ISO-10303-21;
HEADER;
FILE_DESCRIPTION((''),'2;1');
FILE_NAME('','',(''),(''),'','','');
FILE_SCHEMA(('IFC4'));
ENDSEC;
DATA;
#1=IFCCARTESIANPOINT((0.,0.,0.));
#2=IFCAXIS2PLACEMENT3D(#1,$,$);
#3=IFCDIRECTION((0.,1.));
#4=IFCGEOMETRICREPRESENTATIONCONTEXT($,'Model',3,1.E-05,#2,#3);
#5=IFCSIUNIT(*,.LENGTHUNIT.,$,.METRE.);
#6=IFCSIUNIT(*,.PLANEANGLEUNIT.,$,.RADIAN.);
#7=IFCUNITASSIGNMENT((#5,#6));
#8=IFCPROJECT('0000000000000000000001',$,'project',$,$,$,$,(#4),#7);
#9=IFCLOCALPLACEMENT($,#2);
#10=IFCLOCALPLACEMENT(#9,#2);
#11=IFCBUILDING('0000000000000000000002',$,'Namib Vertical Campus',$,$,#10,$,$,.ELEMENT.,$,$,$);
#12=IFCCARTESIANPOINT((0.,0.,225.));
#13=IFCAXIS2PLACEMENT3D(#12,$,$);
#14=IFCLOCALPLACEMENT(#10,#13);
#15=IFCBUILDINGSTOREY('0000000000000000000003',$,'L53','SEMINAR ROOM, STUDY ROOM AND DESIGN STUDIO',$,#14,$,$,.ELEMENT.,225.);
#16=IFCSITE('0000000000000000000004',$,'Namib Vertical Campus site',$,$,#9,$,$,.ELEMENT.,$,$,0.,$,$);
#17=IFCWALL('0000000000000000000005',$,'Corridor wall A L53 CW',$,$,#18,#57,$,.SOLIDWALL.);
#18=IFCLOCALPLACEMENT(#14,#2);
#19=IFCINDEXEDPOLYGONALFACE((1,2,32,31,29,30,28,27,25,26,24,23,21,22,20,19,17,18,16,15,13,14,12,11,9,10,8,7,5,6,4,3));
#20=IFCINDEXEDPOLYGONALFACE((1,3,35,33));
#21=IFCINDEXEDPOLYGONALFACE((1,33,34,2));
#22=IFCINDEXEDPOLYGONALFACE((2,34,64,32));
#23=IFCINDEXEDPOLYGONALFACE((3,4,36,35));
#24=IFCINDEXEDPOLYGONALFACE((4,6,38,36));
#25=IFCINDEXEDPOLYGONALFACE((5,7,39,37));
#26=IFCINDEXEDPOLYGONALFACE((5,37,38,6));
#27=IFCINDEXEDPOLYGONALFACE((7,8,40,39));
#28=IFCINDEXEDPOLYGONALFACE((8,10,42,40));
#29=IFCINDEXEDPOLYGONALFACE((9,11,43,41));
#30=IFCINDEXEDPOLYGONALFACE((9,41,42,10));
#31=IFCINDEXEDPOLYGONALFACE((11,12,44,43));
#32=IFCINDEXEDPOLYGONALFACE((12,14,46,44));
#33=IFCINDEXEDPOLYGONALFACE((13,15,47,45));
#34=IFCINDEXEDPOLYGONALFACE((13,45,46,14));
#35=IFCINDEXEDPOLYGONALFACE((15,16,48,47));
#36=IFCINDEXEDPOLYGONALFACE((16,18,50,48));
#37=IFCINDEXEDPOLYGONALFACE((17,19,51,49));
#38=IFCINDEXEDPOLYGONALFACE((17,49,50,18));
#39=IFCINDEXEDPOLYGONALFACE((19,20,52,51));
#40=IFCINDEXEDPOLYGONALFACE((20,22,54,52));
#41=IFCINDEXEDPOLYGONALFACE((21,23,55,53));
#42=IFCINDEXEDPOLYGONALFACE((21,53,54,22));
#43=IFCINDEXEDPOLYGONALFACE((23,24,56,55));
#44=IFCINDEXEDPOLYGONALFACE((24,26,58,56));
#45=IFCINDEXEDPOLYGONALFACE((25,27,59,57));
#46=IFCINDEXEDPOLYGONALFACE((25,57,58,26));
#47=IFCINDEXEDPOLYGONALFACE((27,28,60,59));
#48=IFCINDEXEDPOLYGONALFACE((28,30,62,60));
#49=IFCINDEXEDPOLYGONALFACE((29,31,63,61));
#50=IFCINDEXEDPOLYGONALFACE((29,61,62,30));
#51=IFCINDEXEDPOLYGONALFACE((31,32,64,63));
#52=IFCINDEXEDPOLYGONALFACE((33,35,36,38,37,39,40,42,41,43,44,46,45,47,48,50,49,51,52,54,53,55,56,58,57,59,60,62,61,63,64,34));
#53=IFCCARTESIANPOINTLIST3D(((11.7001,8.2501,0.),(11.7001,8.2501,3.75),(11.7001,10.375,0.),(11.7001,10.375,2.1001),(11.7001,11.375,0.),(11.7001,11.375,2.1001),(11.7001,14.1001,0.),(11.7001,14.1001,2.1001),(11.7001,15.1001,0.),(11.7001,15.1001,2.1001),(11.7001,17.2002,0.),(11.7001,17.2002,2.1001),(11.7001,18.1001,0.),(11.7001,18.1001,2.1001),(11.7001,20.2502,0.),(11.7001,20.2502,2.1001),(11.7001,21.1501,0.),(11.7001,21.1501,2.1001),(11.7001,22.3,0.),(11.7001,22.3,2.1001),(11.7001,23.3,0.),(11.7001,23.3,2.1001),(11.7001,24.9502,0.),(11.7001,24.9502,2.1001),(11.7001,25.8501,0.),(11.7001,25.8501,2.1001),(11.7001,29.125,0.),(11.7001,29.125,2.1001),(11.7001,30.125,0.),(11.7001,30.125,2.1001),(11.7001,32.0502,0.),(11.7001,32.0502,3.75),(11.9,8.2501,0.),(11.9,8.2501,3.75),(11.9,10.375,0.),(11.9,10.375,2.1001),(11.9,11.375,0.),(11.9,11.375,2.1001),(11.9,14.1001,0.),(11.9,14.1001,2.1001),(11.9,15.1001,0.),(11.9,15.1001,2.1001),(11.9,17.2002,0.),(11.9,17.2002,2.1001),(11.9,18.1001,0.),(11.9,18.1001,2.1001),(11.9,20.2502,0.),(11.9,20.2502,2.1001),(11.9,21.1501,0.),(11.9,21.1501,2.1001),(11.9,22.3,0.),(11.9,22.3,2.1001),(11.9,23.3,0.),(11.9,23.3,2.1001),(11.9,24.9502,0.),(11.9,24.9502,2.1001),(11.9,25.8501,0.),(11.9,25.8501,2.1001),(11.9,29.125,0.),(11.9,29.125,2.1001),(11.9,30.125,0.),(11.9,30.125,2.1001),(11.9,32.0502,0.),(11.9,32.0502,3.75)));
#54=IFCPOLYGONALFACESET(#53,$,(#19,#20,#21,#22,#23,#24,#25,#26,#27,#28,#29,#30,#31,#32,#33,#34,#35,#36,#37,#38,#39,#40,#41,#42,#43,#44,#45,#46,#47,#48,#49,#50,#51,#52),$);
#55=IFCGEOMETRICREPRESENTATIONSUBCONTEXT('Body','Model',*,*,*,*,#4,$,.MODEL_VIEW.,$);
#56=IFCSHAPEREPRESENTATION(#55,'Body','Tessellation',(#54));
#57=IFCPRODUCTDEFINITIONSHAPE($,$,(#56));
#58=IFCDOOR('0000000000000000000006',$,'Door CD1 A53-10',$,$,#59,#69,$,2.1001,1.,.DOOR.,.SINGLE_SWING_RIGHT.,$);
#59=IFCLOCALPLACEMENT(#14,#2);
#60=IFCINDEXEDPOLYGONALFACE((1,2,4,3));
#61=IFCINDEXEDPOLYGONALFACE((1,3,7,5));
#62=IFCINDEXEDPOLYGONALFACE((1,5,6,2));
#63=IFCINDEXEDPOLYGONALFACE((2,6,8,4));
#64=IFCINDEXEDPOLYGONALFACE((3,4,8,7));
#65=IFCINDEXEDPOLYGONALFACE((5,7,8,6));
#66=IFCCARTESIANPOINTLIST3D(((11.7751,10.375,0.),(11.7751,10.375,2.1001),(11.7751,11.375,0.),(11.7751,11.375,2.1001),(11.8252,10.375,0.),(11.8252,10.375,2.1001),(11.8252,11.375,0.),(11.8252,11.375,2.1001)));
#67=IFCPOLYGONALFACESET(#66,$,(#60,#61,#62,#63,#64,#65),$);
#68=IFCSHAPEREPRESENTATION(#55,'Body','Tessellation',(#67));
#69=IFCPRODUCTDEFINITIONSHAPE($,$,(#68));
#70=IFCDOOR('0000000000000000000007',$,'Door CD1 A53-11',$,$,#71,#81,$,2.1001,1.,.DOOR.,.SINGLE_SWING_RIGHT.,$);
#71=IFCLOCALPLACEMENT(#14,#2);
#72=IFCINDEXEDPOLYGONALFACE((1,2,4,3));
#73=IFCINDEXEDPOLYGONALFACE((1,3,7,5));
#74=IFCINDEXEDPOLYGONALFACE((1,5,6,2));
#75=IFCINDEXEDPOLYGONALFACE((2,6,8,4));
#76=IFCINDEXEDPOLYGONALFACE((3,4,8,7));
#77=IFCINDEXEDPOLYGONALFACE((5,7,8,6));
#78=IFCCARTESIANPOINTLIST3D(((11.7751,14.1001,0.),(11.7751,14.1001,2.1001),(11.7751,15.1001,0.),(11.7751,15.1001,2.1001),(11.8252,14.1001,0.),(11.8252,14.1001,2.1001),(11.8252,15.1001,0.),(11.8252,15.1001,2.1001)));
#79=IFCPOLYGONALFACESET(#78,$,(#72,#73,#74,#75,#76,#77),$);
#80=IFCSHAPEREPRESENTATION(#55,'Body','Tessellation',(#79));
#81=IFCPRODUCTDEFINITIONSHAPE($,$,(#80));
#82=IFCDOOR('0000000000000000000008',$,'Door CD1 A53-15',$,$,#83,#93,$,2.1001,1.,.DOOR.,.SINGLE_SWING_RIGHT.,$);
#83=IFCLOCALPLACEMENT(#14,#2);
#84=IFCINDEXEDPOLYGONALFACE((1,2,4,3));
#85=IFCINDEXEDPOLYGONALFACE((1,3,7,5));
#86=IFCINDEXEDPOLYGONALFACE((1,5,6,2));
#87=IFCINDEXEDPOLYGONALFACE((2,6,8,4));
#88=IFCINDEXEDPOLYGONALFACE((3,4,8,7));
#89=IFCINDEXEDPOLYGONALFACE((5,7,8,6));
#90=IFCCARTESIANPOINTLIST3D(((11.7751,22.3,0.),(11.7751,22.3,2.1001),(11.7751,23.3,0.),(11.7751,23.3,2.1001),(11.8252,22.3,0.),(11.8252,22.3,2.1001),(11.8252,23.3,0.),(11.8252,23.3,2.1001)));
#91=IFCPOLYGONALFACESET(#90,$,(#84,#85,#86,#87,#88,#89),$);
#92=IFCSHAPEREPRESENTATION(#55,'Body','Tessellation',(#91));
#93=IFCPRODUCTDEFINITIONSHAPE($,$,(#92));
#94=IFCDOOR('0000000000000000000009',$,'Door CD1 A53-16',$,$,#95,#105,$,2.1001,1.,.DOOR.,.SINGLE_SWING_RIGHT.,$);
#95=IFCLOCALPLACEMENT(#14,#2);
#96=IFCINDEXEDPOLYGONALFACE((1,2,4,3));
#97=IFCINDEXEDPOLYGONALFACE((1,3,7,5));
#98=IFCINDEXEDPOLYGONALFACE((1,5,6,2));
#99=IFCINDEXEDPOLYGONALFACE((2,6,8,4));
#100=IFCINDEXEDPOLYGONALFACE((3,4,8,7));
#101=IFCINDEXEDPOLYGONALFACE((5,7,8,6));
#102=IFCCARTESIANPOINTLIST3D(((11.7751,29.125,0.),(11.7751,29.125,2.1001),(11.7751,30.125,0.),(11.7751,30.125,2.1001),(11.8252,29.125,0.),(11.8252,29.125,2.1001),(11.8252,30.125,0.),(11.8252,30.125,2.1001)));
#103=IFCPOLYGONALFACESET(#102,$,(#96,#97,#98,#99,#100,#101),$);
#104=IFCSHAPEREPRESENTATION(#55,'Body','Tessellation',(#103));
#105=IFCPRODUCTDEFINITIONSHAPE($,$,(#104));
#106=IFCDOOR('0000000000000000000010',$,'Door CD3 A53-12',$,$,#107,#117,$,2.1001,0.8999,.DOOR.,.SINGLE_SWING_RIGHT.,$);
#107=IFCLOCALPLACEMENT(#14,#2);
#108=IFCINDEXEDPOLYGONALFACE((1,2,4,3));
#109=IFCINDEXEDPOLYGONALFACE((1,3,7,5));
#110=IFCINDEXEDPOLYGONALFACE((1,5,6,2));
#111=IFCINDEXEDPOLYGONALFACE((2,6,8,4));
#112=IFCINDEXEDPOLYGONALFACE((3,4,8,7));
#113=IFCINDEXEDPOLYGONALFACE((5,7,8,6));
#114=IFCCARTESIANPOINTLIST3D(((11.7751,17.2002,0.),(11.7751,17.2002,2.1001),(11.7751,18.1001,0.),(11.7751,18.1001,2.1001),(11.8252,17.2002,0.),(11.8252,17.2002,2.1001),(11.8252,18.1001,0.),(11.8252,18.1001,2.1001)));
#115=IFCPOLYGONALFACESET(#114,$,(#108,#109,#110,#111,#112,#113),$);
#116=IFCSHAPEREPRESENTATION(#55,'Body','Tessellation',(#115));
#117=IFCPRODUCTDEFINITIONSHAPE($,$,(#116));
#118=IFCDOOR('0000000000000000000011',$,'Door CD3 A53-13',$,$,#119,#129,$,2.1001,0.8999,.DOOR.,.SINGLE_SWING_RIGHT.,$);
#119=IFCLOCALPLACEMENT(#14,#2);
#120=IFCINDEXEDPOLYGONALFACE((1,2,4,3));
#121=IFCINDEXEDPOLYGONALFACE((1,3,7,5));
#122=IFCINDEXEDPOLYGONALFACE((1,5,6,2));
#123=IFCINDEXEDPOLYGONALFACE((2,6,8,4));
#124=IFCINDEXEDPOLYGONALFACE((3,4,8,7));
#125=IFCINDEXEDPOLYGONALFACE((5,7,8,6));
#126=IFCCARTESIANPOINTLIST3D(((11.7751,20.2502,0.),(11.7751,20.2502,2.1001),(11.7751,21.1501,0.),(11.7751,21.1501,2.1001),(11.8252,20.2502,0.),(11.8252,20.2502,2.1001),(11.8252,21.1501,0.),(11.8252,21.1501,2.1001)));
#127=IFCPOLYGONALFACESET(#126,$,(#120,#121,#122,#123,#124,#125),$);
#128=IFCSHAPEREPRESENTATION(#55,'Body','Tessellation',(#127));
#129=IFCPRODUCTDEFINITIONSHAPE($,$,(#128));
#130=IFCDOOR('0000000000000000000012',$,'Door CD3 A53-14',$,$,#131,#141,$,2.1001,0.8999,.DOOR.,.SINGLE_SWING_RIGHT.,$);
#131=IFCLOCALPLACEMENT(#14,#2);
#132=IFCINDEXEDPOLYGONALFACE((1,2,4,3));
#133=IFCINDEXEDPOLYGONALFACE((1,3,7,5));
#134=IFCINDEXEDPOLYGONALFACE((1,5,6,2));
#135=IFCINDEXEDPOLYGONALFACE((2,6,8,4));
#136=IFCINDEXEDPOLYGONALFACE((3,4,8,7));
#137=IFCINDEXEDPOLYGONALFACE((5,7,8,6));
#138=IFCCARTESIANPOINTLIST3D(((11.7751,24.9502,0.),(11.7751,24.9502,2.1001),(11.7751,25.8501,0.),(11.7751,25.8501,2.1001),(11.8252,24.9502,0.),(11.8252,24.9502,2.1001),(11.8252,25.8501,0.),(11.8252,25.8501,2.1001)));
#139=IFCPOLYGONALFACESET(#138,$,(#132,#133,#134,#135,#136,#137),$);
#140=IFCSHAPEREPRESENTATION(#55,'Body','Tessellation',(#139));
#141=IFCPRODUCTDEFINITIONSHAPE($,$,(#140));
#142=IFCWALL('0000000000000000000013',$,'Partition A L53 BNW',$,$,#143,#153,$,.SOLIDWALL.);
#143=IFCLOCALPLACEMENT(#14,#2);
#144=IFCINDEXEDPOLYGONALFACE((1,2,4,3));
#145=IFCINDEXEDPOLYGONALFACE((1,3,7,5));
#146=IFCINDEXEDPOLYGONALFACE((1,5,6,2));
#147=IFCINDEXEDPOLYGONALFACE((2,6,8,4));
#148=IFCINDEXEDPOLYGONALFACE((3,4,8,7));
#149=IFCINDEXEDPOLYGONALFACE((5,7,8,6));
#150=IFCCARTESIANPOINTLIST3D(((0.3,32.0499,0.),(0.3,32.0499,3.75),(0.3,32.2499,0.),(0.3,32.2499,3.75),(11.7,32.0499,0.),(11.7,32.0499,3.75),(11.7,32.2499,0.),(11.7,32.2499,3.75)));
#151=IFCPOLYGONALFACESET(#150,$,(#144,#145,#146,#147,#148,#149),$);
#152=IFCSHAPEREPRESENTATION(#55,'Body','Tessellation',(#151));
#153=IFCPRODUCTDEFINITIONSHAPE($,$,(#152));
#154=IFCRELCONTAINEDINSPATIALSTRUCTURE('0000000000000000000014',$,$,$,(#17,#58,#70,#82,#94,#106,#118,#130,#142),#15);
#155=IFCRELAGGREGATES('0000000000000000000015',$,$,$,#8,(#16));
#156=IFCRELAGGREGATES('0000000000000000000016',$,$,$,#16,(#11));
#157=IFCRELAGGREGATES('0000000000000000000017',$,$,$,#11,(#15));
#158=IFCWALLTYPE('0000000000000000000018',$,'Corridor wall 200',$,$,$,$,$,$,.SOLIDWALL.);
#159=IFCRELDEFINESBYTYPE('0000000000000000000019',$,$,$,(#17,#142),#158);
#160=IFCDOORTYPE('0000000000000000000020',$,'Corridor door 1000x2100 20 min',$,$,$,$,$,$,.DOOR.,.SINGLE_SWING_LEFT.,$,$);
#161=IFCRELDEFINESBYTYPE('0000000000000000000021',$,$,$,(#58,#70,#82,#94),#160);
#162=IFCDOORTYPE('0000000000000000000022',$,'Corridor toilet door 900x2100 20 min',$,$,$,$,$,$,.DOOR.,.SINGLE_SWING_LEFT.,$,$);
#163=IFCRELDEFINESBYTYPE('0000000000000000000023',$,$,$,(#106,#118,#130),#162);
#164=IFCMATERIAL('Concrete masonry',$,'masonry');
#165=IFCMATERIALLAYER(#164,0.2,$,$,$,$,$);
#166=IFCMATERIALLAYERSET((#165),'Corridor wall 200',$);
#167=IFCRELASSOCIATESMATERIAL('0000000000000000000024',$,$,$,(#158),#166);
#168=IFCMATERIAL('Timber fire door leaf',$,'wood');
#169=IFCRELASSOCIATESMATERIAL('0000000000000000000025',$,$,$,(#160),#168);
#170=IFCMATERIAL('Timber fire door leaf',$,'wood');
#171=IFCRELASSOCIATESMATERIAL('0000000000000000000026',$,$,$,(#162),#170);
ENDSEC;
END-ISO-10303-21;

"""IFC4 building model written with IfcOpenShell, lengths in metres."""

from ifc_helpers import new_model, si_unit, direction, frame, frame_2d, origin, place, context, subcontext, project, spatial, rectangle, extrude, material, layer, layer_set, type_object, element, fill, save


model = new_model("IFC4")

# Units and contexts
model_context = context("Model", 3, precision=1e-05, world=origin(), true_north=direction((0.0, 1.0)))
body_context = subcontext(model_context, "Body", "Model", "MODEL_VIEW")
ifc_project = project(units=[si_unit("LENGTHUNIT", "METRE"), si_unit("PLANEANGLEUNIT", "RADIAN")], contexts=[model_context])

# Site, building, storey
site_placement = place(None, origin())
site = spatial("IfcSite", under=ifc_project, at=site_placement, Name="Namib Vertical Campus site", CompositionType="ELEMENT", RefElevation=0.0)
building_placement = place(site_placement, origin())
building = spatial("IfcBuilding", under=site, at=building_placement, Name="Namib Vertical Campus", CompositionType="ELEMENT")
storey_placement = place(building_placement, frame((0.0, 0.0, 225.0)))
storey = spatial("IfcBuildingStorey", under=building, at=storey_placement, Name="L53", Description="SEMINAR ROOM, STUDY ROOM AND DESIGN STUDIO", CompositionType="ELEMENT", Elevation=225.0)

# Wall, openings, doors
ifc_material_1 = material(Name="Concrete masonry", Category="masonry")
ifc_layer_1 = layer(ifc_material_1, 0.2)
ifc_layer_set_1 = layer_set([ifc_layer_1], Name="Corridor wall 200")
wall_type_1 = type_object("IfcWallType", Name="Corridor wall 200", PredefinedType="SOLIDWALL", material=ifc_layer_set_1)
wall_1_placement = place(storey_placement, frame((11.8, 32.05, 0.0), z_axis=(0.0, 0.0, 1.0), x_axis=(0.0, -1.0, 0.0)))
wall_1 = element("IfcWall", 1, at=wall_1_placement, inside=storey, type_object=wall_type_1, Name="Corridor wall A L53 CW", PredefinedType="SOLIDWALL", context=body_context, shape_type="SweptSolid", body=[
    extrude(rectangle(XDim=23.8, YDim=0.2, at=frame_2d((11.8999, 0.0))), origin(), (0.0, 0.0, 1.0), 3.75),
])
opening_1_placement = place(wall_1_placement, frame((20.675, 0.0, 0.0)))
opening_1 = element("IfcOpeningElement", 2, at=opening_1_placement, cuts=wall_1, PredefinedType="OPENING", context=body_context, shape_type="SweptSolid", body=[
    extrude(rectangle(XDim=1.0, YDim=2.1001, at=frame_2d((0.5, 1.05))), frame((0.0, 0.1099, 0.0), z_axis=(0.0, -1.0, 0.0), x_axis=(1.0, 0.0, 0.0)), (0.0, 0.0, 1.0), 0.22),
])
opening_2_placement = place(wall_1_placement, frame((16.95, 0.0, 0.0)))
opening_2 = element("IfcOpeningElement", 3, at=opening_2_placement, cuts=wall_1, PredefinedType="OPENING", context=body_context, shape_type="SweptSolid", body=[
    extrude(rectangle(XDim=1.0, YDim=2.1001, at=frame_2d((0.5, 1.05))), frame((0.0, 0.1099, 0.0), z_axis=(0.0, -1.0, 0.0), x_axis=(1.0, 0.0, 0.0)), (0.0, 0.0, 1.0), 0.22),
])
opening_3_placement = place(wall_1_placement, frame((13.95, 0.0, 0.0)))
opening_3 = element("IfcOpeningElement", 4, at=opening_3_placement, cuts=wall_1, PredefinedType="OPENING", context=body_context, shape_type="SweptSolid", body=[
    extrude(rectangle(XDim=0.8999, YDim=2.1001, at=frame_2d((0.45, 1.05))), frame((0.0, 0.1099, 0.0), z_axis=(0.0, -1.0, 0.0), x_axis=(1.0, 0.0, 0.0)), (0.0, 0.0, 1.0), 0.22),
])
opening_4_placement = place(wall_1_placement, frame((10.8999, 0.0, 0.0)))
opening_4 = element("IfcOpeningElement", 5, at=opening_4_placement, cuts=wall_1, PredefinedType="OPENING", context=body_context, shape_type="SweptSolid", body=[
    extrude(rectangle(XDim=0.8999, YDim=2.1001, at=frame_2d((0.45, 1.05))), frame((0.0, 0.1099, 0.0), z_axis=(0.0, -1.0, 0.0), x_axis=(1.0, 0.0, 0.0)), (0.0, 0.0, 1.0), 0.22),
])
opening_5_placement = place(wall_1_placement, frame((6.2, 0.0, 0.0)))
opening_5 = element("IfcOpeningElement", 6, at=opening_5_placement, cuts=wall_1, PredefinedType="OPENING", context=body_context, shape_type="SweptSolid", body=[
    extrude(rectangle(XDim=0.8999, YDim=2.1001, at=frame_2d((0.45, 1.05))), frame((0.0, 0.1099, 0.0), z_axis=(0.0, -1.0, 0.0), x_axis=(1.0, 0.0, 0.0)), (0.0, 0.0, 1.0), 0.22),
])
opening_6_placement = place(wall_1_placement, frame((8.75, 0.0, 0.0)))
opening_6 = element("IfcOpeningElement", 7, at=opening_6_placement, cuts=wall_1, PredefinedType="OPENING", context=body_context, shape_type="SweptSolid", body=[
    extrude(rectangle(XDim=1.0, YDim=2.1001, at=frame_2d((0.5, 1.05))), frame((0.0, 0.1099, 0.0), z_axis=(0.0, -1.0, 0.0), x_axis=(1.0, 0.0, 0.0)), (0.0, 0.0, 1.0), 0.22),
])
opening_7_placement = place(wall_1_placement, frame((1.925, 0.0, 0.0)))
opening_7 = element("IfcOpeningElement", 8, at=opening_7_placement, cuts=wall_1, PredefinedType="OPENING", context=body_context, shape_type="SweptSolid", body=[
    extrude(rectangle(XDim=1.0, YDim=2.1001, at=frame_2d((0.5, 1.05))), frame((0.0, 0.1099, 0.0), z_axis=(0.0, -1.0, 0.0), x_axis=(1.0, 0.0, 0.0)), (0.0, 0.0, 1.0), 0.22),
])
ifc_material_2 = material(Name="Timber fire door leaf", Category="wood")
door_type_1 = type_object("IfcDoorType", Name="Corridor door 1000x2100 20 min", OperationType="SINGLE_SWING_LEFT", PredefinedType="DOOR", material=ifc_material_2)
door_1_placement = place(opening_1_placement, frame((1.0, 0.0, 0.0), z_axis=(0.0, 0.0, 1.0), x_axis=(-1.0, 0.0, 0.0)))
door_1 = element("IfcDoor", 9, at=door_1_placement, inside=storey, type_object=door_type_1, Name="Door CD1 A53-10", OperationType="SINGLE_SWING_RIGHT", OverallHeight=2.1001, OverallWidth=1.0, PredefinedType="DOOR", context=body_context, shape_type="SweptSolid", body=[
    extrude(rectangle(XDim=1.0, YDim=2.1001, at=frame_2d((0.5, 1.05))), frame((0.0, 0.0249, 0.0), z_axis=(0.0, -1.0, 0.0), x_axis=(1.0, 0.0, 0.0)), (0.0, 0.0, 1.0), 0.05),
])
fill(opening_1, door_1)
door_2_placement = place(opening_2_placement, frame((1.0, 0.0, 0.0), z_axis=(0.0, 0.0, 1.0), x_axis=(-1.0, 0.0, 0.0)))
door_2 = element("IfcDoor", 10, at=door_2_placement, inside=storey, type_object=door_type_1, Name="Door CD1 A53-11", OperationType="SINGLE_SWING_RIGHT", OverallHeight=2.1001, OverallWidth=1.0, PredefinedType="DOOR", context=body_context, shape_type="SweptSolid", body=[
    extrude(rectangle(XDim=1.0, YDim=2.1001, at=frame_2d((0.5, 1.05))), frame((0.0, 0.0249, 0.0), z_axis=(0.0, -1.0, 0.0), x_axis=(1.0, 0.0, 0.0)), (0.0, 0.0, 1.0), 0.05),
])
fill(opening_2, door_2)
door_3_placement = place(opening_6_placement, frame((1.0, 0.0, 0.0), z_axis=(0.0, 0.0, 1.0), x_axis=(-1.0, 0.0, 0.0)))
door_3 = element("IfcDoor", 11, at=door_3_placement, inside=storey, type_object=door_type_1, Name="Door CD1 A53-15", OperationType="SINGLE_SWING_RIGHT", OverallHeight=2.1001, OverallWidth=1.0, PredefinedType="DOOR", context=body_context, shape_type="SweptSolid", body=[
    extrude(rectangle(XDim=1.0, YDim=2.1001, at=frame_2d((0.5, 1.05))), frame((0.0, 0.0249, 0.0), z_axis=(0.0, -1.0, 0.0), x_axis=(1.0, 0.0, 0.0)), (0.0, 0.0, 1.0), 0.05),
])
fill(opening_6, door_3)
door_4_placement = place(opening_7_placement, frame((1.0, 0.0, 0.0), z_axis=(0.0, 0.0, 1.0), x_axis=(-1.0, 0.0, 0.0)))
door_4 = element("IfcDoor", 12, at=door_4_placement, inside=storey, type_object=door_type_1, Name="Door CD1 A53-16", OperationType="SINGLE_SWING_RIGHT", OverallHeight=2.1001, OverallWidth=1.0, PredefinedType="DOOR", context=body_context, shape_type="SweptSolid", body=[
    extrude(rectangle(XDim=1.0, YDim=2.1001, at=frame_2d((0.5, 1.05))), frame((0.0, 0.0249, 0.0), z_axis=(0.0, -1.0, 0.0), x_axis=(1.0, 0.0, 0.0)), (0.0, 0.0, 1.0), 0.05),
])
fill(opening_7, door_4)
ifc_material_3 = material(Name="Timber fire door leaf", Category="wood")
door_type_2 = type_object("IfcDoorType", Name="Corridor toilet door 900x2100 20 min", OperationType="SINGLE_SWING_LEFT", PredefinedType="DOOR", material=ifc_material_3)
door_5_placement = place(opening_3_placement, frame((0.8999, 0.0, 0.0), z_axis=(0.0, 0.0, 1.0), x_axis=(-1.0, 0.0, 0.0)))
door_5 = element("IfcDoor", 13, at=door_5_placement, inside=storey, type_object=door_type_2, Name="Door CD3 A53-12", OperationType="SINGLE_SWING_RIGHT", OverallHeight=2.1001, OverallWidth=0.8999, PredefinedType="DOOR", context=body_context, shape_type="SweptSolid", body=[
    extrude(rectangle(XDim=0.8999, YDim=2.1001, at=frame_2d((0.45, 1.05))), frame((0.0, 0.0249, 0.0), z_axis=(0.0, -1.0, 0.0), x_axis=(1.0, 0.0, 0.0)), (0.0, 0.0, 1.0), 0.05),
])
fill(opening_3, door_5)
door_6_placement = place(opening_4_placement, frame((0.8999, 0.0, 0.0), z_axis=(0.0, 0.0, 1.0), x_axis=(-1.0, 0.0, 0.0)))
door_6 = element("IfcDoor", 14, at=door_6_placement, inside=storey, type_object=door_type_2, Name="Door CD3 A53-13", OperationType="SINGLE_SWING_RIGHT", OverallHeight=2.1001, OverallWidth=0.8999, PredefinedType="DOOR", context=body_context, shape_type="SweptSolid", body=[
    extrude(rectangle(XDim=0.8999, YDim=2.1001, at=frame_2d((0.45, 1.05))), frame((0.0, 0.0249, 0.0), z_axis=(0.0, -1.0, 0.0), x_axis=(1.0, 0.0, 0.0)), (0.0, 0.0, 1.0), 0.05),
])
fill(opening_4, door_6)
door_7_placement = place(opening_5_placement, frame((0.8999, 0.0, 0.0), z_axis=(0.0, 0.0, 1.0), x_axis=(-1.0, 0.0, 0.0)))
door_7 = element("IfcDoor", 15, at=door_7_placement, inside=storey, type_object=door_type_2, Name="Door CD3 A53-14", OperationType="SINGLE_SWING_RIGHT", OverallHeight=2.1001, OverallWidth=0.8999, PredefinedType="DOOR", context=body_context, shape_type="SweptSolid", body=[
    extrude(rectangle(XDim=0.8999, YDim=2.1001, at=frame_2d((0.45, 1.05))), frame((0.0, 0.0249, 0.0), z_axis=(0.0, -1.0, 0.0), x_axis=(1.0, 0.0, 0.0)), (0.0, 0.0, 1.0), 0.05),
])
fill(opening_5, door_7)

# Wall
wall_2_placement = place(storey_placement, frame((0.3, 32.1499, 0.0), z_axis=(0.0, 0.0, 1.0), x_axis=(1.0, 0.0, 0.0)))
element("IfcWall", 16, at=wall_2_placement, inside=storey, type_object=wall_type_1, Name="Partition A L53 BNW", PredefinedType="SOLIDWALL", context=body_context, shape_type="SweptSolid", body=[
    extrude(rectangle(XDim=11.3999, YDim=0.2, at=frame_2d((5.7, 0.0))), origin(), (0.0, 0.0, 1.0), 3.75),
])

save(model, "model.ifc")
